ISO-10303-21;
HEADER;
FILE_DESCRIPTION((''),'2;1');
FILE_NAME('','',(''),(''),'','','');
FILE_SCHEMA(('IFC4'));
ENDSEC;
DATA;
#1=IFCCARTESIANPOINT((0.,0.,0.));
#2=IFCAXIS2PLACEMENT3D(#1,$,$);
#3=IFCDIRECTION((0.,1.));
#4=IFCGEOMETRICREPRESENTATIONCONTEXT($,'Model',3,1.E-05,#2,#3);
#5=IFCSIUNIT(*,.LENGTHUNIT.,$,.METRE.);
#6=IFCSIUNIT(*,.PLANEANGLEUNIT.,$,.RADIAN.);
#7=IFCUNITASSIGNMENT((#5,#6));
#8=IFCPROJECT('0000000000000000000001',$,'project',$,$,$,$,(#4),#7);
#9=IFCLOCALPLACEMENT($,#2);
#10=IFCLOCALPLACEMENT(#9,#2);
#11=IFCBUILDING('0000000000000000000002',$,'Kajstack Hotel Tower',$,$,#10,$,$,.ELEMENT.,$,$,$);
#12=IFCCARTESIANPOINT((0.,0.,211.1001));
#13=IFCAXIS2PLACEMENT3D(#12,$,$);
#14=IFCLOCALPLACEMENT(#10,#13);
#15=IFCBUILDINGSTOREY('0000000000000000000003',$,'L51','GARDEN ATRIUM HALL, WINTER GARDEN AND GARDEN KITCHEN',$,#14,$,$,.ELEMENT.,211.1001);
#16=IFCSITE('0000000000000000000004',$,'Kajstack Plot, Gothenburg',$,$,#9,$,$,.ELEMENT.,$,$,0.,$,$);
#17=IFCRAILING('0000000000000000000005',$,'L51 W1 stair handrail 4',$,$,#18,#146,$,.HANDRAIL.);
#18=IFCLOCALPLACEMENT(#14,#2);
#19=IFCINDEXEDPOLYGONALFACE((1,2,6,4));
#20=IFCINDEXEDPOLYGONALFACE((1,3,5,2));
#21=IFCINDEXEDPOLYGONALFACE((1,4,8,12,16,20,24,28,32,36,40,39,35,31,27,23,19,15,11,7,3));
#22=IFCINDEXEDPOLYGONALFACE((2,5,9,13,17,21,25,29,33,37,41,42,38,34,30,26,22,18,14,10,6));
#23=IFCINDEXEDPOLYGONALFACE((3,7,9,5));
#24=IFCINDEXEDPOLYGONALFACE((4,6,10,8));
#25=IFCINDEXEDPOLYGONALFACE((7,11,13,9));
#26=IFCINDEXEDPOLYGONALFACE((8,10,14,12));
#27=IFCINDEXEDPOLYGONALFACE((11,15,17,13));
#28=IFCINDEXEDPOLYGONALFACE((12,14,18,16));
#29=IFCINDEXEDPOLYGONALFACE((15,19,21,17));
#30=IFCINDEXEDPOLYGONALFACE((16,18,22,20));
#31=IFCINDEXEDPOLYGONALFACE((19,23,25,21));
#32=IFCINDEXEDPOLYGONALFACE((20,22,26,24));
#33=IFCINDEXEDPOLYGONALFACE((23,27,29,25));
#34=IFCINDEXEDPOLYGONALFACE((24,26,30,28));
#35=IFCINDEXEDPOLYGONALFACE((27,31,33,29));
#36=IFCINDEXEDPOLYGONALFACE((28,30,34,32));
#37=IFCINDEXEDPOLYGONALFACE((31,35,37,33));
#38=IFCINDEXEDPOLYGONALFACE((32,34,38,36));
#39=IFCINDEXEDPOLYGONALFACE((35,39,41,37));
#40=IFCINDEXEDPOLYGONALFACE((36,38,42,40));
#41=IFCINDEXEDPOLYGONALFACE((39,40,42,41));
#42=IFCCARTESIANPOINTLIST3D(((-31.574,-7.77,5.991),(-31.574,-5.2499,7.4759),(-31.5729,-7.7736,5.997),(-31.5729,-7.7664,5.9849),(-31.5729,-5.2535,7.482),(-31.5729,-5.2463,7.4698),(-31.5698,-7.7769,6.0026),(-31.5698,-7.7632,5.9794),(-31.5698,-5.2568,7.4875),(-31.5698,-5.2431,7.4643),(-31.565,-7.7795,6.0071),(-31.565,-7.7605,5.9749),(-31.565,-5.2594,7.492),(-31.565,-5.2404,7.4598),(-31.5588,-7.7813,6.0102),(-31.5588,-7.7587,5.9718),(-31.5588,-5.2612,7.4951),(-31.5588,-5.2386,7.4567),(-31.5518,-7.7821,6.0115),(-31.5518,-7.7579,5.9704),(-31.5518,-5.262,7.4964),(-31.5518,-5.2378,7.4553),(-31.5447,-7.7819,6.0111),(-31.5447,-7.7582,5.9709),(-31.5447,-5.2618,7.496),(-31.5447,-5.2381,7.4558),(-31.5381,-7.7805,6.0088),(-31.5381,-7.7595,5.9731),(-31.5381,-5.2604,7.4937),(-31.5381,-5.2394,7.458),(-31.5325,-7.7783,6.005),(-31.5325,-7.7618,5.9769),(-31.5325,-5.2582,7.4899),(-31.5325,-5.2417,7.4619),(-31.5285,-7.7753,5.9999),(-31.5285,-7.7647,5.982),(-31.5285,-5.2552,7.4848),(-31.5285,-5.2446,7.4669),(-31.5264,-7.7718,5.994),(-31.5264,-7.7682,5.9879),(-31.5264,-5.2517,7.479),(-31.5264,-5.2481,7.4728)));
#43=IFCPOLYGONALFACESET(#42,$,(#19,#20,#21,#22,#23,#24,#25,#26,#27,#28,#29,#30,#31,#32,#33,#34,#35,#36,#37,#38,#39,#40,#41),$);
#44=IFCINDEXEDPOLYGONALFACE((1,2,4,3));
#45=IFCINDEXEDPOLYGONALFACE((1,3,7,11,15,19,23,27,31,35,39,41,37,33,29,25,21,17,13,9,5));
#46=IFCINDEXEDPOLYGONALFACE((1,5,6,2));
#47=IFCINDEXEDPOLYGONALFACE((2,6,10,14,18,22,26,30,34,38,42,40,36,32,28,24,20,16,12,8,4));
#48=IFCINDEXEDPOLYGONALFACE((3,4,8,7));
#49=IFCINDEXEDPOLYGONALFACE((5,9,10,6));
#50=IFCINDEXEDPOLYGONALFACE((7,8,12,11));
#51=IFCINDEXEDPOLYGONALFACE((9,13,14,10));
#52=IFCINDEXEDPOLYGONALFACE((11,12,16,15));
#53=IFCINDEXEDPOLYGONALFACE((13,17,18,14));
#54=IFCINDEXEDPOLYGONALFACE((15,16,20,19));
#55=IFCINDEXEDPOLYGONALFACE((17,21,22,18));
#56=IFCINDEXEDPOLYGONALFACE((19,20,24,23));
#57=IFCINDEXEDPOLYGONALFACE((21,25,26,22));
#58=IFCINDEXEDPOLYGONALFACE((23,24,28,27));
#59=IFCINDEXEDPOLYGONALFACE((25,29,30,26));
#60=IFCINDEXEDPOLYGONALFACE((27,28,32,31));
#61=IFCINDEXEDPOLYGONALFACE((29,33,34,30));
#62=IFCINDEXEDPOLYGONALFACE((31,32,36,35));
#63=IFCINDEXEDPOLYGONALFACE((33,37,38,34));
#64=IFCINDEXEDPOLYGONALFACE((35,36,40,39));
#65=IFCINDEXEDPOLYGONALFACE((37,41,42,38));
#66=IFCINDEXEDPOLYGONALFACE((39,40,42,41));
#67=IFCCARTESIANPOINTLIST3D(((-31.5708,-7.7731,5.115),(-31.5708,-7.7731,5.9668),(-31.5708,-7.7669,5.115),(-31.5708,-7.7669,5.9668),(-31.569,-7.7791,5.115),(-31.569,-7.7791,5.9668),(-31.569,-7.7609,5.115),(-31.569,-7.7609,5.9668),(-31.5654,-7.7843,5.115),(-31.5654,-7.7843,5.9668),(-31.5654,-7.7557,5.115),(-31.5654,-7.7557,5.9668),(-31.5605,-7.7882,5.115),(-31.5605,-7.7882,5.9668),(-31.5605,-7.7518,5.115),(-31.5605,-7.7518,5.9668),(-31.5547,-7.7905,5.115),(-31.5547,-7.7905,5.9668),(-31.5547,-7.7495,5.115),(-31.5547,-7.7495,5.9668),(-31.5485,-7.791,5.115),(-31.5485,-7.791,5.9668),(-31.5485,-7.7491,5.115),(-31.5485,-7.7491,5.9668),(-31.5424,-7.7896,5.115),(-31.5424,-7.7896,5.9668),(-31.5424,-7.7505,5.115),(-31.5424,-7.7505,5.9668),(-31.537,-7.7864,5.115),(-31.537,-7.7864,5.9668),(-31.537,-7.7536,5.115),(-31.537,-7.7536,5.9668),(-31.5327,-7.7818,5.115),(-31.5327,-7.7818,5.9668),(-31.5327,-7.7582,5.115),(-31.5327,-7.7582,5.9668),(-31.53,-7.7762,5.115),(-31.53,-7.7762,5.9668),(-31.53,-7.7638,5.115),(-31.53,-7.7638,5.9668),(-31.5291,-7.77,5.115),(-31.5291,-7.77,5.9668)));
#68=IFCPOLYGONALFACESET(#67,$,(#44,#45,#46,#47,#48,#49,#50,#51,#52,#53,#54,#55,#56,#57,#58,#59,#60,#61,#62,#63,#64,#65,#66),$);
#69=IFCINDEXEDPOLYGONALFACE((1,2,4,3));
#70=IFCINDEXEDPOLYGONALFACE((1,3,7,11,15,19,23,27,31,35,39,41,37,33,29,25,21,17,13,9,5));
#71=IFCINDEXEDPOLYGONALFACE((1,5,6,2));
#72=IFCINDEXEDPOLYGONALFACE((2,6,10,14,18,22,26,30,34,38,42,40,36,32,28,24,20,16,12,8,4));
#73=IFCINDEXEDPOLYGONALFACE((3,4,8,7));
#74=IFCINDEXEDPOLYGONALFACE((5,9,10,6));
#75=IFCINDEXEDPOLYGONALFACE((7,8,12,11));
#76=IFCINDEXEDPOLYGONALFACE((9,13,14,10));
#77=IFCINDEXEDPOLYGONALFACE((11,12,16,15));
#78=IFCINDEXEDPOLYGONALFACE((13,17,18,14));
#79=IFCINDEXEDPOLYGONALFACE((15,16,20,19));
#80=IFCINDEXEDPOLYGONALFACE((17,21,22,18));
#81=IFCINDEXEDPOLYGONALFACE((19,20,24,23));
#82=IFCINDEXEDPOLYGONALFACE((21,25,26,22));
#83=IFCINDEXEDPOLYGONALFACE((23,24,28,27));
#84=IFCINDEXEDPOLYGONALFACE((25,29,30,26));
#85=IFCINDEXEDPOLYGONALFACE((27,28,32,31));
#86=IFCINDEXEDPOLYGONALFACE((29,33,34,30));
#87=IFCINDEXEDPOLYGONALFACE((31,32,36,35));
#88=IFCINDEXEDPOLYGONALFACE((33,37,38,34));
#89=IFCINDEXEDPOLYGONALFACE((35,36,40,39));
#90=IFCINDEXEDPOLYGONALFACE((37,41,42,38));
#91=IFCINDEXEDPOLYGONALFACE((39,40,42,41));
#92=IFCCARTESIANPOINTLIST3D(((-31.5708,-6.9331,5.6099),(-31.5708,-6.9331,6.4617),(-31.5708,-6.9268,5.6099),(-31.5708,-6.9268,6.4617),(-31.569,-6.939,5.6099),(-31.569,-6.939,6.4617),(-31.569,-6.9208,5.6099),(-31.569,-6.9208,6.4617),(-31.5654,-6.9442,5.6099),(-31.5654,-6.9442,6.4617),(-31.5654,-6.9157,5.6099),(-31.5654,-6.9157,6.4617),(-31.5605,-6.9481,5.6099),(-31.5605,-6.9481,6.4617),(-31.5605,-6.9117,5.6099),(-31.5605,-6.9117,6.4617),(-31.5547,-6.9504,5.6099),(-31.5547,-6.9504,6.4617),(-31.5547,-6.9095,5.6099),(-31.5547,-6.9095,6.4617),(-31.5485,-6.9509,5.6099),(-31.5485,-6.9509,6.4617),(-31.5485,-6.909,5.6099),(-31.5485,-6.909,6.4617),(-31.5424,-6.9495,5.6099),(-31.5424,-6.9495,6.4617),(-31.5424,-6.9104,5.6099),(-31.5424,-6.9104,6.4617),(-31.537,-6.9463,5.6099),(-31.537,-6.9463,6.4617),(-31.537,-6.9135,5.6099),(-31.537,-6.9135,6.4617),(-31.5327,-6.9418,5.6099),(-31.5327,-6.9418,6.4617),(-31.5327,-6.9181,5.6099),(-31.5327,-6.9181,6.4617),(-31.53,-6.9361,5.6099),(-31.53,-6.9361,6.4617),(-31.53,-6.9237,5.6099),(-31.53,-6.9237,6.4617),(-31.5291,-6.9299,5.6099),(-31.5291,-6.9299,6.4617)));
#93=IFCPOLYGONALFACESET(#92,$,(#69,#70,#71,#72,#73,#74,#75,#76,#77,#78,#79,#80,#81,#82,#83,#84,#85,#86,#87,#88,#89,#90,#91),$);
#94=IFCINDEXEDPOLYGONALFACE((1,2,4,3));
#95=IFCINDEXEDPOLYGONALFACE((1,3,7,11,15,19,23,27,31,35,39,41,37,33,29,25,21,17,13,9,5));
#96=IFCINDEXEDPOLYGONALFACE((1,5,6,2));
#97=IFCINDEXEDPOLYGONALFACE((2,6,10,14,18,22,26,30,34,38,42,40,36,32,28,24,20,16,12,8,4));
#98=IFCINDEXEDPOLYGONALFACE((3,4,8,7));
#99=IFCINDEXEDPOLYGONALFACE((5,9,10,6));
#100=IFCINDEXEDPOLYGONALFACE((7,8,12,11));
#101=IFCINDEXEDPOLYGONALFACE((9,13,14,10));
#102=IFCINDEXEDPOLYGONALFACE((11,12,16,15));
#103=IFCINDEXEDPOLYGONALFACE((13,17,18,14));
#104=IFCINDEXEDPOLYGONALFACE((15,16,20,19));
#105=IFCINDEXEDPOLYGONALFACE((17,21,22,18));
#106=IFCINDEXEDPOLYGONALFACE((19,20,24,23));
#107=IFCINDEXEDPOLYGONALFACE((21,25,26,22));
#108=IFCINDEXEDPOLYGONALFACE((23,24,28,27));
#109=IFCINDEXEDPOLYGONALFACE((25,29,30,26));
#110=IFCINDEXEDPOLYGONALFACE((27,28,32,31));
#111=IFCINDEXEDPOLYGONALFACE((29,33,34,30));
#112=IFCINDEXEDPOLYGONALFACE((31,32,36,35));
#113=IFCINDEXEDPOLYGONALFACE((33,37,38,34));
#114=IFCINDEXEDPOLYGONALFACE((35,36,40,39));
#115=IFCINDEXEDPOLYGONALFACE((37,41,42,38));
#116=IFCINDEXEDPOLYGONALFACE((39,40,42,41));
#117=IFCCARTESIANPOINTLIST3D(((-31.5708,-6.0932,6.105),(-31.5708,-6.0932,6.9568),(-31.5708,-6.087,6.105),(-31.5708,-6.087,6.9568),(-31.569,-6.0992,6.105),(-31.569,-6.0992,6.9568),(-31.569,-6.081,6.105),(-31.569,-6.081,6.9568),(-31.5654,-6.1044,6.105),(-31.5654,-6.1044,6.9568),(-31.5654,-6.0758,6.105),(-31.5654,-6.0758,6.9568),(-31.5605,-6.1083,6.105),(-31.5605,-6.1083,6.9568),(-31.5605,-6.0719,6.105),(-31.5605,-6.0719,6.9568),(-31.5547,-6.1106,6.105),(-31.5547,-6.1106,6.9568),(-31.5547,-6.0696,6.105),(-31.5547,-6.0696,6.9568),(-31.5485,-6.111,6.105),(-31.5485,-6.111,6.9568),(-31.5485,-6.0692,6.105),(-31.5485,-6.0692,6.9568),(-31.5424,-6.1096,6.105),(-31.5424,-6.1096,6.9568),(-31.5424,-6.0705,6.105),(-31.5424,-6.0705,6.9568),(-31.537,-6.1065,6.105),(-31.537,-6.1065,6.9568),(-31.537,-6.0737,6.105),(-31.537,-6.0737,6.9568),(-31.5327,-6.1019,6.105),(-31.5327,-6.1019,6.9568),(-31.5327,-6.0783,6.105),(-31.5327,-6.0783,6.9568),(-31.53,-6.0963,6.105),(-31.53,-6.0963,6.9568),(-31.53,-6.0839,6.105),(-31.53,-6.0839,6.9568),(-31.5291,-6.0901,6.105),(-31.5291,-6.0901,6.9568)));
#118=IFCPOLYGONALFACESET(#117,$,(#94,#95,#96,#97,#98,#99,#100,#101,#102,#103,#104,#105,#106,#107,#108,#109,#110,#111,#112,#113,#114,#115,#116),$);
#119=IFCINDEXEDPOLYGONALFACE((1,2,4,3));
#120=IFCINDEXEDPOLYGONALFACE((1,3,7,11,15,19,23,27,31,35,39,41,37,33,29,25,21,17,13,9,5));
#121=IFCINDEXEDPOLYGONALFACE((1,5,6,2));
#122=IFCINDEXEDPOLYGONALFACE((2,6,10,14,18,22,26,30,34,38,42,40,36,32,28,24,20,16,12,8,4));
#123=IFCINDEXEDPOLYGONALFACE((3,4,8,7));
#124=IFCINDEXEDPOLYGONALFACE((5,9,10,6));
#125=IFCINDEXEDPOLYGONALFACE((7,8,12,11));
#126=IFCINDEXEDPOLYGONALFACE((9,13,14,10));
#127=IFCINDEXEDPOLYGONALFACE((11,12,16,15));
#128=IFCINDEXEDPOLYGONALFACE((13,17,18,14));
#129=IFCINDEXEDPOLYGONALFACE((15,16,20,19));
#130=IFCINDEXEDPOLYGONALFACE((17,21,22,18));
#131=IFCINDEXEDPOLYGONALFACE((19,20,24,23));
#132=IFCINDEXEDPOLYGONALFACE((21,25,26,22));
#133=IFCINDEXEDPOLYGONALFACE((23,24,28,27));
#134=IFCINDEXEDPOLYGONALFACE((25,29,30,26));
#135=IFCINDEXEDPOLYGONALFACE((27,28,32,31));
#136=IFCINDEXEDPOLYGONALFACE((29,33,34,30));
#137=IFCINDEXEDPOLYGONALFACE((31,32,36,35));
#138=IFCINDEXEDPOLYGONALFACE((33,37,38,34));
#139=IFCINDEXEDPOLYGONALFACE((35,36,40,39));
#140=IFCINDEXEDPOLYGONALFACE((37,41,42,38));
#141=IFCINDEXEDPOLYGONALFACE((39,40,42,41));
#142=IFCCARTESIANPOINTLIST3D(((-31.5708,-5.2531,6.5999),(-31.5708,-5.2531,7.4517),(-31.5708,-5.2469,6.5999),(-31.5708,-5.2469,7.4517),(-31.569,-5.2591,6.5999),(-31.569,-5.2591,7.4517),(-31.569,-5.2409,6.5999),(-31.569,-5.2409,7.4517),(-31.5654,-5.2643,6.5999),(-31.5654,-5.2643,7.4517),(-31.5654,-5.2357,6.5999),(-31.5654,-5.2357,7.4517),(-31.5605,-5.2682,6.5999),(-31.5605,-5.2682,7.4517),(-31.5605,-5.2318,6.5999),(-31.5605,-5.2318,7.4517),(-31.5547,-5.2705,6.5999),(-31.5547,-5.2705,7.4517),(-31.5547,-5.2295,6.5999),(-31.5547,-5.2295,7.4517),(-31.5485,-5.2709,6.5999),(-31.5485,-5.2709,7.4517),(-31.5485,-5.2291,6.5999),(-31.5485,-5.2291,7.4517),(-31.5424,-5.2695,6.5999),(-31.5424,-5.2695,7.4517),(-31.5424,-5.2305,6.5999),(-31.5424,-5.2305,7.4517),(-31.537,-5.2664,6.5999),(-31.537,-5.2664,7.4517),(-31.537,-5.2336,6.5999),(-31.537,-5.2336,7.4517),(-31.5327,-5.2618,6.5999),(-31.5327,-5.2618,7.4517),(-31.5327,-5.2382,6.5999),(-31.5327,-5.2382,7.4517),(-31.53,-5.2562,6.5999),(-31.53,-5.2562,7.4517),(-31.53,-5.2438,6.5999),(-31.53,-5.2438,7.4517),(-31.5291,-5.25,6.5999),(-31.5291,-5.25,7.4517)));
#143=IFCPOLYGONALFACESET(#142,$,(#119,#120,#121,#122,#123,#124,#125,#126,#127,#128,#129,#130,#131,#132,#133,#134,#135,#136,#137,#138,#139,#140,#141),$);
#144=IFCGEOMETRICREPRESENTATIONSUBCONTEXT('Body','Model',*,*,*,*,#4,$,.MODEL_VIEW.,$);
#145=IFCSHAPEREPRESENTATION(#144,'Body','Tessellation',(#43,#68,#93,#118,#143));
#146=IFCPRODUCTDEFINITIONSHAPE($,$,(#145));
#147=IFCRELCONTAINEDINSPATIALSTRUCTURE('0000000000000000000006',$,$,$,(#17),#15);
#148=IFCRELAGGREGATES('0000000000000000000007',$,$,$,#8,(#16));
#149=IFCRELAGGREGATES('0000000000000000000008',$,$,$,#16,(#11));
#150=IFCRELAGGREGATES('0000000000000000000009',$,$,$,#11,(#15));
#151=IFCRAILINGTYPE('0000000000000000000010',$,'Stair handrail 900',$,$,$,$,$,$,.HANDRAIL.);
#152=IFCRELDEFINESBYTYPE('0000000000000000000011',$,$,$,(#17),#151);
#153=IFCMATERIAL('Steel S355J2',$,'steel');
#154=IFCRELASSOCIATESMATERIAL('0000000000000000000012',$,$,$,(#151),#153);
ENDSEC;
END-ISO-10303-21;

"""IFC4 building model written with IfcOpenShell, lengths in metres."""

from ifc_helpers import new_model, si_unit, direction, frame, origin, origin_2d, place, context, subcontext, project, spatial, circle, extrude, material, type_object, element, save


model = new_model("IFC4")

# Units and contexts
model_context = context("Model", 3, precision=1e-05, world=origin(), true_north=direction((0.0, 1.0)))
body_context = subcontext(model_context, "Body", "Model", "MODEL_VIEW")
ifc_project = project(units=[si_unit("LENGTHUNIT", "METRE"), si_unit("PLANEANGLEUNIT", "RADIAN")], contexts=[model_context])

# Site, building, storey
site_placement = place(None, origin())
site = spatial("IfcSite", under=ifc_project, at=site_placement, Name="Kajstack Plot, Gothenburg", CompositionType="ELEMENT", RefElevation=0.0)
building_placement = place(site_placement, origin())
building = spatial("IfcBuilding", under=site, at=building_placement, Name="Kajstack Hotel Tower", CompositionType="ELEMENT")
storey_placement = place(building_placement, frame((0.0, 0.0, 211.1001)))
storey = spatial("IfcBuildingStorey", under=building, at=storey_placement, Name="L51", Description="GARDEN ATRIUM HALL, WINTER GARDEN AND GARDEN KITCHEN", CompositionType="ELEMENT", Elevation=211.1001)

# Railing
ifc_material_1 = material(Name="Steel S355J2", Category="steel")
railing_type = type_object("IfcRailingType", Name="Stair handrail 900", PredefinedType="HANDRAIL", material=ifc_material_1)
for number, where, name in (
    (1, (-31.55, -7.77, 5.115), "L51 W1 stair handrail 4"),
):
    element("IfcRailing", number, at=place(storey_placement, frame(where)), inside=storey, type_object=railing_type, Name=name, PredefinedType="HANDRAIL", context=body_context, shape_type="SweptSolid", body=[
        extrude(circle(Radius=0.0239, at=origin_2d()), frame((0.0, 0.0, 0.876), z_axis=(0.0, 0.861561, 0.507655), x_axis=(-1.0, 0.0, 0.0)), (0.0, 0.0, 1.0), 2.925),
        extrude(circle(Radius=0.021, at=origin_2d()), origin(), (0.0, 0.0, 1.0), 0.8518),
        extrude(circle(Radius=0.021, at=origin_2d()), frame((0.0, 0.8401, 0.4949)), (0.0, 0.0, 1.0), 0.8518),
        extrude(circle(Radius=0.021, at=origin_2d()), frame((0.0, 1.6799, 0.99)), (0.0, 0.0, 1.0), 0.8518),
        extrude(circle(Radius=0.021, at=origin_2d()), frame((0.0, 2.52, 1.4849)), (0.0, 0.0, 1.0), 0.8518),
    ])

save(model, "model.ifc")
